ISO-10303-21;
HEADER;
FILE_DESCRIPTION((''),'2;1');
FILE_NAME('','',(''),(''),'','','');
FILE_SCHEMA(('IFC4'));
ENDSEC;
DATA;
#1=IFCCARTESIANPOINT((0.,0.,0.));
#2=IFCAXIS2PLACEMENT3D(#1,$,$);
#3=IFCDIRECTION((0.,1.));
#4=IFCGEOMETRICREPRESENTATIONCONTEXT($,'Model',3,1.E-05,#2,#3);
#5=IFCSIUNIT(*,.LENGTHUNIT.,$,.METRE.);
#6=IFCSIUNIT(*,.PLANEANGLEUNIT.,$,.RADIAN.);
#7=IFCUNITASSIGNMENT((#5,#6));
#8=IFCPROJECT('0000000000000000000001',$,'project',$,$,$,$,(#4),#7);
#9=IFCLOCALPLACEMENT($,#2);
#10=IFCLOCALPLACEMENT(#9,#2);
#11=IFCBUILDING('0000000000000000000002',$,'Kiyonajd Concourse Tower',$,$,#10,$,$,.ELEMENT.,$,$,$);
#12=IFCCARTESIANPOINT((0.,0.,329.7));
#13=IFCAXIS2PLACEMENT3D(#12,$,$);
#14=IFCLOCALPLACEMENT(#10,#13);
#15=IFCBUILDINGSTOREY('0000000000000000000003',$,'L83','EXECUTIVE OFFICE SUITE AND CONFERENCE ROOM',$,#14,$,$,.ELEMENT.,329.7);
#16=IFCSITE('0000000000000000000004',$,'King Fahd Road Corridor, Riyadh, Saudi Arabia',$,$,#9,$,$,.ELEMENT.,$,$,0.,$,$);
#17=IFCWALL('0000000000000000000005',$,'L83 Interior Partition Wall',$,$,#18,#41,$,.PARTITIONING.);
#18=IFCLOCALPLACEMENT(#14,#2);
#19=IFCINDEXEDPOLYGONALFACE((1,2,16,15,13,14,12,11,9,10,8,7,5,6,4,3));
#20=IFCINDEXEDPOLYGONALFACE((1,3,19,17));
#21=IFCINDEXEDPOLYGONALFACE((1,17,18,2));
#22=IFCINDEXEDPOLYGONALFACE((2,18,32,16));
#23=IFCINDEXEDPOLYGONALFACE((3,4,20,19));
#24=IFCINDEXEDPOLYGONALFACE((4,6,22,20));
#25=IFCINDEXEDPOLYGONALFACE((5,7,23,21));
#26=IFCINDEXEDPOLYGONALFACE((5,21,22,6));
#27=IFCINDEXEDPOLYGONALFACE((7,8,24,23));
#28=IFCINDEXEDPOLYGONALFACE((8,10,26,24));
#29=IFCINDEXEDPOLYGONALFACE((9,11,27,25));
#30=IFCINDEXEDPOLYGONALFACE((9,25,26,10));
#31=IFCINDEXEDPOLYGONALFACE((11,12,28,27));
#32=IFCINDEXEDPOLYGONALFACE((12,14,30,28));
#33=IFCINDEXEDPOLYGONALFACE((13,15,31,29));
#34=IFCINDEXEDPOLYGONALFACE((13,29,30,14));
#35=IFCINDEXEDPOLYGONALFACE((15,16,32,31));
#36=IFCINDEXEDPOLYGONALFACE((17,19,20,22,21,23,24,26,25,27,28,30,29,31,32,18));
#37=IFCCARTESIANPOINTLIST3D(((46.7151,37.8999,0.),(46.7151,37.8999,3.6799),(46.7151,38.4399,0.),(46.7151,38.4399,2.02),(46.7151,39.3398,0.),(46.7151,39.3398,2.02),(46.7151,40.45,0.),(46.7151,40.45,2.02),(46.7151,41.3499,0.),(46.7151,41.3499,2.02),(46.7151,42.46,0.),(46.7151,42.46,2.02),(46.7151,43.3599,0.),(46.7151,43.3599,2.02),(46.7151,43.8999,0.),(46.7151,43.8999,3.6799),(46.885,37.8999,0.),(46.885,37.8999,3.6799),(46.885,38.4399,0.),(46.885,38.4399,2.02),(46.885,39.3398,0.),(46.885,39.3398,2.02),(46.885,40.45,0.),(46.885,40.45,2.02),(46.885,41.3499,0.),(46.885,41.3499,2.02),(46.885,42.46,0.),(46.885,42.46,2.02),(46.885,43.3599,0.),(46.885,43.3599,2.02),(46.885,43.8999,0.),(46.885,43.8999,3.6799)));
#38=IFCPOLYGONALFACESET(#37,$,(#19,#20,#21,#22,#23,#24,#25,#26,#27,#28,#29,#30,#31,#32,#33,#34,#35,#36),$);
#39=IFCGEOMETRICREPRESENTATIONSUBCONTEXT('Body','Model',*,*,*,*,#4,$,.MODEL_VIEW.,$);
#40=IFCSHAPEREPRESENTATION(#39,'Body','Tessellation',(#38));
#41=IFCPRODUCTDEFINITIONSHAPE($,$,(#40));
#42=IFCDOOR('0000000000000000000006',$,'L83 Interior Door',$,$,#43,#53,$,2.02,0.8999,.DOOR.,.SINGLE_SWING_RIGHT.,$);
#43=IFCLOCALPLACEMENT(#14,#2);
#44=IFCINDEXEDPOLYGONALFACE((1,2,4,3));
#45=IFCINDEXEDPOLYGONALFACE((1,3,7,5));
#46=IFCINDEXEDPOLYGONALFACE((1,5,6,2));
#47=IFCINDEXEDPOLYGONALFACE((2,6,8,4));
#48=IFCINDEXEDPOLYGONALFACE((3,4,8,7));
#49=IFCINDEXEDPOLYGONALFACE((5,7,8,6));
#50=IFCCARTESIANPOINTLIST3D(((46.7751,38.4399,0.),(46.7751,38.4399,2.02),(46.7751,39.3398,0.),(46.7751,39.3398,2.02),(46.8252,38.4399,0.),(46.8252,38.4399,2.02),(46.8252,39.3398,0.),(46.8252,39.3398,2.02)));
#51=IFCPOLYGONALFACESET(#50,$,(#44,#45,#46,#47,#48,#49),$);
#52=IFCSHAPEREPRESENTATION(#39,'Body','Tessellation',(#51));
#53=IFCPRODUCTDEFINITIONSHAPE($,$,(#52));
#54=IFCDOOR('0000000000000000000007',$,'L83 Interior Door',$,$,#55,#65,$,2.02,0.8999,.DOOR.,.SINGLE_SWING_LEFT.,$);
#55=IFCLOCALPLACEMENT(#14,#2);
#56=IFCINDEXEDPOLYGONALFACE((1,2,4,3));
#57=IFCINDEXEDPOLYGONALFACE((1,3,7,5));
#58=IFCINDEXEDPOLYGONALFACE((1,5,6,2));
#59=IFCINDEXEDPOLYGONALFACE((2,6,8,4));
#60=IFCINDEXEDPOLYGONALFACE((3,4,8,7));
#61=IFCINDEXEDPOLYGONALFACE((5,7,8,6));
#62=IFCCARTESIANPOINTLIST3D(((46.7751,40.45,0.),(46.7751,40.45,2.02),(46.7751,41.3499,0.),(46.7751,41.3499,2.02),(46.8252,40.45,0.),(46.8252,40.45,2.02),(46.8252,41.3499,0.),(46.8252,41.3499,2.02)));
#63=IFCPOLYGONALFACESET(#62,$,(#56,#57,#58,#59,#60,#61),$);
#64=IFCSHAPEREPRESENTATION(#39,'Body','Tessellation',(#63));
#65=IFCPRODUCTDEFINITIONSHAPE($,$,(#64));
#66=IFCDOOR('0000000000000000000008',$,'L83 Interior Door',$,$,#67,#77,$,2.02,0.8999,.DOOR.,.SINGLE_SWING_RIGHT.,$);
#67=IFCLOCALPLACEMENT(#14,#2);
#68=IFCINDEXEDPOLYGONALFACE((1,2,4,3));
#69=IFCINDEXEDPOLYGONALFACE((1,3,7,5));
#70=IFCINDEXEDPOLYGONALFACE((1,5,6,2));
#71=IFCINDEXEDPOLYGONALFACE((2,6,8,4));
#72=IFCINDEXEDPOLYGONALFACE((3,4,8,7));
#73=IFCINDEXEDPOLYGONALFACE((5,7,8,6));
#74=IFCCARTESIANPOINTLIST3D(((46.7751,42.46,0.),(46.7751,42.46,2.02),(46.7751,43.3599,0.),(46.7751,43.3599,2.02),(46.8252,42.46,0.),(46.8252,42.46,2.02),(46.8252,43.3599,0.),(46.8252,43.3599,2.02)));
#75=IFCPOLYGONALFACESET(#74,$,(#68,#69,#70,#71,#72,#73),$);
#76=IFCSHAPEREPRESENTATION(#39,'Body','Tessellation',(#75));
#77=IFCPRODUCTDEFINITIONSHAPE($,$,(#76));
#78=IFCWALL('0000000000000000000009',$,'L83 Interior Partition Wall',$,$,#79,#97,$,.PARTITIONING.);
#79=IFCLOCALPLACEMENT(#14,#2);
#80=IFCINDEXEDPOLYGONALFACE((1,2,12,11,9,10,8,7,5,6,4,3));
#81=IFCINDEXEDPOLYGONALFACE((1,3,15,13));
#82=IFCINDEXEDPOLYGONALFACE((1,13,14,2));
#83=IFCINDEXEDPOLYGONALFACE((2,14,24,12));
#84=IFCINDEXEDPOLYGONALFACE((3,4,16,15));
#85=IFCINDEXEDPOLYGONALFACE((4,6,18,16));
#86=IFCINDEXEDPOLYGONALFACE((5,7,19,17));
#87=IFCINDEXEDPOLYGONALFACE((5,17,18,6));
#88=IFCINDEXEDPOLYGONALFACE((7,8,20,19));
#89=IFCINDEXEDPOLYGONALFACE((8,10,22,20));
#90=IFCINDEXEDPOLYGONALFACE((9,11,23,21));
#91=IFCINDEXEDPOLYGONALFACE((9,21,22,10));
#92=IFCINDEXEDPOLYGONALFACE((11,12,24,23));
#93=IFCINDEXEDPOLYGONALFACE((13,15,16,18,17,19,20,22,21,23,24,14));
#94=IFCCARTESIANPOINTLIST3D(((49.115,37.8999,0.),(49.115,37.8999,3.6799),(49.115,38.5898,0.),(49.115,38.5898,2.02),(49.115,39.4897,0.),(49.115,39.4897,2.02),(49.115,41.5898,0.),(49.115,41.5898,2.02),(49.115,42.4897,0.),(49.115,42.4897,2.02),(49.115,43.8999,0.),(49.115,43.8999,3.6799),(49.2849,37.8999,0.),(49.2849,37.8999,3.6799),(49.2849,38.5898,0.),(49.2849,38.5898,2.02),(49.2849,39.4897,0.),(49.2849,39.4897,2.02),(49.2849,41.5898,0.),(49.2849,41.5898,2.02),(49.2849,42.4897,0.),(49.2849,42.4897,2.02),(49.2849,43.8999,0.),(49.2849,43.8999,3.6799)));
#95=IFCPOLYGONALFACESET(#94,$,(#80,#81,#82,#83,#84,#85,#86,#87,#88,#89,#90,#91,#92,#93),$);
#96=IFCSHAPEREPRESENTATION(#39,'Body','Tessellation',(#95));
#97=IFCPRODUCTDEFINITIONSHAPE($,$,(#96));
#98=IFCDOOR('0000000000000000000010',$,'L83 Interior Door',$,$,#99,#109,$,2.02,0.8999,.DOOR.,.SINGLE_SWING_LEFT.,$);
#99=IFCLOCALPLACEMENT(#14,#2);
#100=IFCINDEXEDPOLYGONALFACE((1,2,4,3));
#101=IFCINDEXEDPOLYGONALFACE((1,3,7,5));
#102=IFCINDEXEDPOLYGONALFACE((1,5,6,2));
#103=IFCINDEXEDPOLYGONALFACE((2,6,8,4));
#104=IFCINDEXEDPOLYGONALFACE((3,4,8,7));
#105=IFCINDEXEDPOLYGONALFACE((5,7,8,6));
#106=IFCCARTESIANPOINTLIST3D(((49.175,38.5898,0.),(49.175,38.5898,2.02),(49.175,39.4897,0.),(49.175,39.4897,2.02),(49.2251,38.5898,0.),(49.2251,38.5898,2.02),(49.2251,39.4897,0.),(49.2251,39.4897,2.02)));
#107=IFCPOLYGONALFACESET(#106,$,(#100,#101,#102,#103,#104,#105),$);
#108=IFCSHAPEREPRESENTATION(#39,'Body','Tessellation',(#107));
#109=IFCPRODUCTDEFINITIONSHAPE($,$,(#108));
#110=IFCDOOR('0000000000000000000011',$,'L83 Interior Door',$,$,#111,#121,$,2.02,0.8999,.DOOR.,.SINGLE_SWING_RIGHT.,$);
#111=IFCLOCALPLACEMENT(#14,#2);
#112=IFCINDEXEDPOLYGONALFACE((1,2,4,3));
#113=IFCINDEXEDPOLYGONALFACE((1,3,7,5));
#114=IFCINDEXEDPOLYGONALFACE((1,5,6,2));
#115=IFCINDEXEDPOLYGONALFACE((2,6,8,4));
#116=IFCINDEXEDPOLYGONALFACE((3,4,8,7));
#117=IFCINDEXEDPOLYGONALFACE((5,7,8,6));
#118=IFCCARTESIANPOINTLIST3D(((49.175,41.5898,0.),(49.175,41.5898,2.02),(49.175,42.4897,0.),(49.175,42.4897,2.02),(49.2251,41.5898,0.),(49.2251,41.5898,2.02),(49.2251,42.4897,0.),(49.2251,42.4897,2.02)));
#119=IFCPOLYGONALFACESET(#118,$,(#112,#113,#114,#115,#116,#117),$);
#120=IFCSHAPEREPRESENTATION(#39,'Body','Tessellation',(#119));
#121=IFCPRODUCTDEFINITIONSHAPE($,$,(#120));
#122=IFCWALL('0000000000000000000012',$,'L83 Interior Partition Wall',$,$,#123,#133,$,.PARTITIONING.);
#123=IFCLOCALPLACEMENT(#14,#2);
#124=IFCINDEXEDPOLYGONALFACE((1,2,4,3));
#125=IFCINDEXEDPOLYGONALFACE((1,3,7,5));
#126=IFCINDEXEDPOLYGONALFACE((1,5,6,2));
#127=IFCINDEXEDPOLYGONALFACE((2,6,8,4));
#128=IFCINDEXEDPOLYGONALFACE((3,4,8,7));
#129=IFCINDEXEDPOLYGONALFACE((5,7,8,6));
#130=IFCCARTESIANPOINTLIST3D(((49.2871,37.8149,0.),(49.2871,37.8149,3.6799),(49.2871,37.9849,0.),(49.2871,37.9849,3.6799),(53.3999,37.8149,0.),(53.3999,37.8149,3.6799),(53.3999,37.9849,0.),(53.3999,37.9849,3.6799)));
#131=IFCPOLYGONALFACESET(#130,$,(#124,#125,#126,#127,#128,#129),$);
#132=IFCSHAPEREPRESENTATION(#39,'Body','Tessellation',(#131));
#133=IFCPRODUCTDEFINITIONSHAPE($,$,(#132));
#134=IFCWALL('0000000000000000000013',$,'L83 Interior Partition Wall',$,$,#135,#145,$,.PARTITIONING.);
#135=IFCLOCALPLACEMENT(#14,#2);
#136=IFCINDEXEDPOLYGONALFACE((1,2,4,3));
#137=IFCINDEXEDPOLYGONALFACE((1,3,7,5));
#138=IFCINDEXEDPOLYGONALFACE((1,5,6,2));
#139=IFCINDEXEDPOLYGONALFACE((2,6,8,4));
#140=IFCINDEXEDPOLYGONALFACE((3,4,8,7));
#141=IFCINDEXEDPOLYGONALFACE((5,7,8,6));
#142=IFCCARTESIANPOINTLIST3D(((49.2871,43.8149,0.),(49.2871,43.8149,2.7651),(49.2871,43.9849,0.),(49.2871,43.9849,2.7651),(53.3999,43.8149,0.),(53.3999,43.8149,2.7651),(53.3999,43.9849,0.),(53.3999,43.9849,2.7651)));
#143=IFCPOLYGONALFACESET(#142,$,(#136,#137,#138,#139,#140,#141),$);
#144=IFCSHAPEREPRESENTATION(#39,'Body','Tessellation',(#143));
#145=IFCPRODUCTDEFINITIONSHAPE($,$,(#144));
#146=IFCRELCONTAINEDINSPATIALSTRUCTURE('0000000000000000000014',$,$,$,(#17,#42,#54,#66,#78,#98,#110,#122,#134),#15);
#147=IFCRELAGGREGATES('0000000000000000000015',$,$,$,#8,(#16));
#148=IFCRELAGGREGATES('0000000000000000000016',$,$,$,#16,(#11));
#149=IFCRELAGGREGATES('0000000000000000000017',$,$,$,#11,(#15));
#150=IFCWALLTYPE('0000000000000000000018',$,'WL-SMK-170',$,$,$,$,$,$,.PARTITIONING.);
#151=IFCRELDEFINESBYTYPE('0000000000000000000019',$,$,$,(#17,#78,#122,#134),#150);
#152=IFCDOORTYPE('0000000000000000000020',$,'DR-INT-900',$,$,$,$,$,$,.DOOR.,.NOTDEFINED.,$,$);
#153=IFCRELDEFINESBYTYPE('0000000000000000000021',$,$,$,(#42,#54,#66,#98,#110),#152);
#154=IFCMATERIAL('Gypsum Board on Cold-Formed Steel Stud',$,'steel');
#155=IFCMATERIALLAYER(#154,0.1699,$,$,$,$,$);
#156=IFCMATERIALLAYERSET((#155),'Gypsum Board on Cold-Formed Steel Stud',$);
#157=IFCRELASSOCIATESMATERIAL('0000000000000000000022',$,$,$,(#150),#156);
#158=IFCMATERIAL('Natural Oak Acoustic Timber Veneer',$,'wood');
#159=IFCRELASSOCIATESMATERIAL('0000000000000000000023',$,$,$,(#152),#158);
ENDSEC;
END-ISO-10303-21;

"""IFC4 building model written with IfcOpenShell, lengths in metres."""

from ifc_helpers import new_model, si_unit, direction, frame, frame_2d, origin, place, context, subcontext, project, spatial, rectangle, extrude, material, layer, layer_set, type_object, element, fill, save


model = new_model("IFC4")

# Units and contexts
model_context = context("Model", 3, precision=1e-05, world=origin(), true_north=direction((0.0, 1.0)))
body_context = subcontext(model_context, "Body", "Model", "MODEL_VIEW")
ifc_project = project(units=[si_unit("LENGTHUNIT", "METRE"), si_unit("PLANEANGLEUNIT", "RADIAN")], contexts=[model_context])

# Site, building, storey
site_placement = place(None, origin())
site = spatial("IfcSite", under=ifc_project, at=site_placement, Name="King Fahd Road Corridor, Riyadh, Saudi Arabia", CompositionType="ELEMENT", RefElevation=0.0)
building_placement = place(site_placement, origin())
building = spatial("IfcBuilding", under=site, at=building_placement, Name="Kiyonajd Concourse Tower", CompositionType="ELEMENT")
storey_placement = place(building_placement, frame((0.0, 0.0, 329.7)))
storey = spatial("IfcBuildingStorey", under=building, at=storey_placement, Name="L83", Description="EXECUTIVE OFFICE SUITE AND CONFERENCE ROOM", CompositionType="ELEMENT", Elevation=329.7)

# Shared definitions
ifc_material_1 = material(Name="Gypsum Board on Cold-Formed Steel Stud", Category="steel")

# Walls, openings, doors
ifc_layer_1 = layer(ifc_material_1, 0.1699)
ifc_layer_set_1 = layer_set([ifc_layer_1], Name="Gypsum Board on Cold-Formed Steel Stud")
wall_type_1 = type_object("IfcWallType", Name="WL-SMK-170", PredefinedType="PARTITIONING", material=ifc_layer_set_1)
wall_1_placement = place(storey_placement, frame((46.8, 37.8999, 0.0), z_axis=(0.0, 0.0, 1.0), x_axis=(0.0, 1.0, 0.0)))
wall_1 = element("IfcWall", 1, at=wall_1_placement, inside=storey, type_object=wall_type_1, Name="L83 Interior Partition Wall", PredefinedType="PARTITIONING", context=body_context, shape_type="SweptSolid", body=[
    extrude(rectangle(XDim=6.0, YDim=0.1699, at=frame_2d((3.0, 0.0))), origin(), (0.0, 0.0, 1.0), 3.6799),
])
opening_1_placement = place(wall_1_placement, frame((0.54, 0.0, 0.0)))
opening_1 = element("IfcOpeningElement", 2, at=opening_1_placement, cuts=wall_1, PredefinedType="OPENING", context=body_context, shape_type="SweptSolid", body=[
    extrude(rectangle(XDim=0.8999, YDim=2.02, at=frame_2d((0.45, 1.01))), frame((0.0, 0.095, 0.0), z_axis=(0.0, -1.0, 0.0), x_axis=(1.0, 0.0, 0.0)), (0.0, 0.0, 1.0), 0.1899),
])
opening_2_placement = place(wall_1_placement, frame((2.55, 0.0, 0.0)))
opening_2 = element("IfcOpeningElement", 3, at=opening_2_placement, cuts=wall_1, PredefinedType="OPENING", context=body_context, shape_type="SweptSolid", body=[
    extrude(rectangle(XDim=0.8999, YDim=2.02, at=frame_2d((0.45, 1.01))), frame((0.0, 0.095, 0.0), z_axis=(0.0, -1.0, 0.0), x_axis=(1.0, 0.0, 0.0)), (0.0, 0.0, 1.0), 0.1899),
])
opening_3_placement = place(wall_1_placement, frame((4.5601, 0.0, 0.0)))
opening_3 = element("IfcOpeningElement", 4, at=opening_3_placement, cuts=wall_1, PredefinedType="OPENING", context=body_context, shape_type="SweptSolid", body=[
    extrude(rectangle(XDim=0.8999, YDim=2.02, at=frame_2d((0.45, 1.01))), frame((0.0, 0.095, 0.0), z_axis=(0.0, -1.0, 0.0), x_axis=(1.0, 0.0, 0.0)), (0.0, 0.0, 1.0), 0.1899),
])
ifc_material_2 = material(Name="Natural Oak Acoustic Timber Veneer", Category="wood")
door_type_1 = type_object("IfcDoorType", Name="DR-INT-900", OperationType="NOTDEFINED", PredefinedType="DOOR", material=ifc_material_2)
door_1_placement = place(opening_1_placement, origin())
door_1 = element("IfcDoor", 5, at=door_1_placement, inside=storey, type_object=door_type_1, Name="L83 Interior Door", OperationType="SINGLE_SWING_RIGHT", OverallHeight=2.02, OverallWidth=0.8999, PredefinedType="DOOR", context=body_context, shape_type="SweptSolid", body=[
    extrude(rectangle(XDim=0.8999, YDim=2.02, at=frame_2d((0.45, 1.01))), frame((0.0, 0.0249, 0.0), z_axis=(0.0, -1.0, 0.0), x_axis=(1.0, 0.0, 0.0)), (0.0, 0.0, 1.0), 0.05),
])
fill(opening_1, door_1)
door_2_placement = place(opening_2_placement, origin())
door_2 = element("IfcDoor", 6, at=door_2_placement, inside=storey, type_object=door_type_1, Name="L83 Interior Door", OperationType="SINGLE_SWING_LEFT", OverallHeight=2.02, OverallWidth=0.8999, PredefinedType="DOOR", context=body_context, shape_type="SweptSolid", body=[
    extrude(rectangle(XDim=0.8999, YDim=2.02, at=frame_2d((0.45, 1.01))), frame((0.0, 0.0249, 0.0), z_axis=(0.0, -1.0, 0.0), x_axis=(1.0, 0.0, 0.0)), (0.0, 0.0, 1.0), 0.05),
])
fill(opening_2, door_2)
door_3_placement = place(opening_3_placement, origin())
door_3 = element("IfcDoor", 7, at=door_3_placement, inside=storey, type_object=door_type_1, Name="L83 Interior Door", OperationType="SINGLE_SWING_RIGHT", OverallHeight=2.02, OverallWidth=0.8999, PredefinedType="DOOR", context=body_context, shape_type="SweptSolid", body=[
    extrude(rectangle(XDim=0.8999, YDim=2.02, at=frame_2d((0.45, 1.01))), frame((0.0, 0.0249, 0.0), z_axis=(0.0, -1.0, 0.0), x_axis=(1.0, 0.0, 0.0)), (0.0, 0.0, 1.0), 0.05),
])
fill(opening_3, door_3)
wall_2_placement = place(storey_placement, frame((49.2, 37.8999, 0.0), z_axis=(0.0, 0.0, 1.0), x_axis=(0.0, 1.0, 0.0)))
wall_2 = element("IfcWall", 8, at=wall_2_placement, inside=storey, type_object=wall_type_1, Name="L83 Interior Partition Wall", PredefinedType="PARTITIONING", context=body_context, shape_type="SweptSolid", body=[
    extrude(rectangle(XDim=6.0, YDim=0.1699, at=frame_2d((3.0, 0.0))), origin(), (0.0, 0.0, 1.0), 3.6799),
])
opening_4_placement = place(wall_2_placement, frame((0.6899, 0.0, 0.0)))
opening_4 = element("IfcOpeningElement", 9, at=opening_4_placement, cuts=wall_2, PredefinedType="OPENING", context=body_context, shape_type="SweptSolid", body=[
    extrude(rectangle(XDim=0.8999, YDim=2.02, at=frame_2d((0.45, 1.01))), frame((0.0, 0.095, 0.0), z_axis=(0.0, -1.0, 0.0), x_axis=(1.0, 0.0, 0.0)), (0.0, 0.0, 1.0), 0.1899),
])
opening_5_placement = place(wall_2_placement, frame((3.6899, 0.0, 0.0)))
opening_5 = element("IfcOpeningElement", 10, at=opening_5_placement, cuts=wall_2, PredefinedType="OPENING", context=body_context, shape_type="SweptSolid", body=[
    extrude(rectangle(XDim=0.8999, YDim=2.02, at=frame_2d((0.45, 1.01))), frame((0.0, 0.095, 0.0), z_axis=(0.0, -1.0, 0.0), x_axis=(1.0, 0.0, 0.0)), (0.0, 0.0, 1.0), 0.1899),
])
door_4_placement = place(opening_4_placement, origin())
door_4 = element("IfcDoor", 11, at=door_4_placement, inside=storey, type_object=door_type_1, Name="L83 Interior Door", OperationType="SINGLE_SWING_LEFT", OverallHeight=2.02, OverallWidth=0.8999, PredefinedType="DOOR", context=body_context, shape_type="SweptSolid", body=[
    extrude(rectangle(XDim=0.8999, YDim=2.02, at=frame_2d((0.45, 1.01))), frame((0.0, 0.0249, 0.0), z_axis=(0.0, -1.0, 0.0), x_axis=(1.0, 0.0, 0.0)), (0.0, 0.0, 1.0), 0.05),
])
fill(opening_4, door_4)
door_5_placement = place(opening_5_placement, origin())
door_5 = element("IfcDoor", 12, at=door_5_placement, inside=storey, type_object=door_type_1, Name="L83 Interior Door", OperationType="SINGLE_SWING_RIGHT", OverallHeight=2.02, OverallWidth=0.8999, PredefinedType="DOOR", context=body_context, shape_type="SweptSolid", body=[
    extrude(rectangle(XDim=0.8999, YDim=2.02, at=frame_2d((0.45, 1.01))), frame((0.0, 0.0249, 0.0), z_axis=(0.0, -1.0, 0.0), x_axis=(1.0, 0.0, 0.0)), (0.0, 0.0, 1.0), 0.05),
])
fill(opening_5, door_5)

# Walls
wall_3_placement = place(storey_placement, frame((49.2871, 37.8999, 0.0), z_axis=(0.0, 0.0, 1.0), x_axis=(1.0, 0.0, 0.0)))
element("IfcWall", 13, at=wall_3_placement, inside=storey, type_object=wall_type_1, Name="L83 Interior Partition Wall", PredefinedType="PARTITIONING", context=body_context, shape_type="SweptSolid", body=[
    extrude(rectangle(XDim=4.1128, YDim=0.1699, at=frame_2d((2.0564, 0.0))), origin(), (0.0, 0.0, 1.0), 3.6799),
])
wall_4_placement = place(storey_placement, frame((49.2871, 43.8999, 0.0), z_axis=(0.0, 0.0, 1.0), x_axis=(1.0, 0.0, 0.0)))
element("IfcWall", 14, at=wall_4_placement, inside=storey, type_object=wall_type_1, Name="L83 Interior Partition Wall", PredefinedType="PARTITIONING", context=body_context, shape_type="SweptSolid", body=[
    extrude(rectangle(XDim=4.1128, YDim=0.1699, at=frame_2d((2.0564, 0.0))), origin(), (0.0, 0.0, 1.0), 2.7651),
])

save(model, "model.ifc")
